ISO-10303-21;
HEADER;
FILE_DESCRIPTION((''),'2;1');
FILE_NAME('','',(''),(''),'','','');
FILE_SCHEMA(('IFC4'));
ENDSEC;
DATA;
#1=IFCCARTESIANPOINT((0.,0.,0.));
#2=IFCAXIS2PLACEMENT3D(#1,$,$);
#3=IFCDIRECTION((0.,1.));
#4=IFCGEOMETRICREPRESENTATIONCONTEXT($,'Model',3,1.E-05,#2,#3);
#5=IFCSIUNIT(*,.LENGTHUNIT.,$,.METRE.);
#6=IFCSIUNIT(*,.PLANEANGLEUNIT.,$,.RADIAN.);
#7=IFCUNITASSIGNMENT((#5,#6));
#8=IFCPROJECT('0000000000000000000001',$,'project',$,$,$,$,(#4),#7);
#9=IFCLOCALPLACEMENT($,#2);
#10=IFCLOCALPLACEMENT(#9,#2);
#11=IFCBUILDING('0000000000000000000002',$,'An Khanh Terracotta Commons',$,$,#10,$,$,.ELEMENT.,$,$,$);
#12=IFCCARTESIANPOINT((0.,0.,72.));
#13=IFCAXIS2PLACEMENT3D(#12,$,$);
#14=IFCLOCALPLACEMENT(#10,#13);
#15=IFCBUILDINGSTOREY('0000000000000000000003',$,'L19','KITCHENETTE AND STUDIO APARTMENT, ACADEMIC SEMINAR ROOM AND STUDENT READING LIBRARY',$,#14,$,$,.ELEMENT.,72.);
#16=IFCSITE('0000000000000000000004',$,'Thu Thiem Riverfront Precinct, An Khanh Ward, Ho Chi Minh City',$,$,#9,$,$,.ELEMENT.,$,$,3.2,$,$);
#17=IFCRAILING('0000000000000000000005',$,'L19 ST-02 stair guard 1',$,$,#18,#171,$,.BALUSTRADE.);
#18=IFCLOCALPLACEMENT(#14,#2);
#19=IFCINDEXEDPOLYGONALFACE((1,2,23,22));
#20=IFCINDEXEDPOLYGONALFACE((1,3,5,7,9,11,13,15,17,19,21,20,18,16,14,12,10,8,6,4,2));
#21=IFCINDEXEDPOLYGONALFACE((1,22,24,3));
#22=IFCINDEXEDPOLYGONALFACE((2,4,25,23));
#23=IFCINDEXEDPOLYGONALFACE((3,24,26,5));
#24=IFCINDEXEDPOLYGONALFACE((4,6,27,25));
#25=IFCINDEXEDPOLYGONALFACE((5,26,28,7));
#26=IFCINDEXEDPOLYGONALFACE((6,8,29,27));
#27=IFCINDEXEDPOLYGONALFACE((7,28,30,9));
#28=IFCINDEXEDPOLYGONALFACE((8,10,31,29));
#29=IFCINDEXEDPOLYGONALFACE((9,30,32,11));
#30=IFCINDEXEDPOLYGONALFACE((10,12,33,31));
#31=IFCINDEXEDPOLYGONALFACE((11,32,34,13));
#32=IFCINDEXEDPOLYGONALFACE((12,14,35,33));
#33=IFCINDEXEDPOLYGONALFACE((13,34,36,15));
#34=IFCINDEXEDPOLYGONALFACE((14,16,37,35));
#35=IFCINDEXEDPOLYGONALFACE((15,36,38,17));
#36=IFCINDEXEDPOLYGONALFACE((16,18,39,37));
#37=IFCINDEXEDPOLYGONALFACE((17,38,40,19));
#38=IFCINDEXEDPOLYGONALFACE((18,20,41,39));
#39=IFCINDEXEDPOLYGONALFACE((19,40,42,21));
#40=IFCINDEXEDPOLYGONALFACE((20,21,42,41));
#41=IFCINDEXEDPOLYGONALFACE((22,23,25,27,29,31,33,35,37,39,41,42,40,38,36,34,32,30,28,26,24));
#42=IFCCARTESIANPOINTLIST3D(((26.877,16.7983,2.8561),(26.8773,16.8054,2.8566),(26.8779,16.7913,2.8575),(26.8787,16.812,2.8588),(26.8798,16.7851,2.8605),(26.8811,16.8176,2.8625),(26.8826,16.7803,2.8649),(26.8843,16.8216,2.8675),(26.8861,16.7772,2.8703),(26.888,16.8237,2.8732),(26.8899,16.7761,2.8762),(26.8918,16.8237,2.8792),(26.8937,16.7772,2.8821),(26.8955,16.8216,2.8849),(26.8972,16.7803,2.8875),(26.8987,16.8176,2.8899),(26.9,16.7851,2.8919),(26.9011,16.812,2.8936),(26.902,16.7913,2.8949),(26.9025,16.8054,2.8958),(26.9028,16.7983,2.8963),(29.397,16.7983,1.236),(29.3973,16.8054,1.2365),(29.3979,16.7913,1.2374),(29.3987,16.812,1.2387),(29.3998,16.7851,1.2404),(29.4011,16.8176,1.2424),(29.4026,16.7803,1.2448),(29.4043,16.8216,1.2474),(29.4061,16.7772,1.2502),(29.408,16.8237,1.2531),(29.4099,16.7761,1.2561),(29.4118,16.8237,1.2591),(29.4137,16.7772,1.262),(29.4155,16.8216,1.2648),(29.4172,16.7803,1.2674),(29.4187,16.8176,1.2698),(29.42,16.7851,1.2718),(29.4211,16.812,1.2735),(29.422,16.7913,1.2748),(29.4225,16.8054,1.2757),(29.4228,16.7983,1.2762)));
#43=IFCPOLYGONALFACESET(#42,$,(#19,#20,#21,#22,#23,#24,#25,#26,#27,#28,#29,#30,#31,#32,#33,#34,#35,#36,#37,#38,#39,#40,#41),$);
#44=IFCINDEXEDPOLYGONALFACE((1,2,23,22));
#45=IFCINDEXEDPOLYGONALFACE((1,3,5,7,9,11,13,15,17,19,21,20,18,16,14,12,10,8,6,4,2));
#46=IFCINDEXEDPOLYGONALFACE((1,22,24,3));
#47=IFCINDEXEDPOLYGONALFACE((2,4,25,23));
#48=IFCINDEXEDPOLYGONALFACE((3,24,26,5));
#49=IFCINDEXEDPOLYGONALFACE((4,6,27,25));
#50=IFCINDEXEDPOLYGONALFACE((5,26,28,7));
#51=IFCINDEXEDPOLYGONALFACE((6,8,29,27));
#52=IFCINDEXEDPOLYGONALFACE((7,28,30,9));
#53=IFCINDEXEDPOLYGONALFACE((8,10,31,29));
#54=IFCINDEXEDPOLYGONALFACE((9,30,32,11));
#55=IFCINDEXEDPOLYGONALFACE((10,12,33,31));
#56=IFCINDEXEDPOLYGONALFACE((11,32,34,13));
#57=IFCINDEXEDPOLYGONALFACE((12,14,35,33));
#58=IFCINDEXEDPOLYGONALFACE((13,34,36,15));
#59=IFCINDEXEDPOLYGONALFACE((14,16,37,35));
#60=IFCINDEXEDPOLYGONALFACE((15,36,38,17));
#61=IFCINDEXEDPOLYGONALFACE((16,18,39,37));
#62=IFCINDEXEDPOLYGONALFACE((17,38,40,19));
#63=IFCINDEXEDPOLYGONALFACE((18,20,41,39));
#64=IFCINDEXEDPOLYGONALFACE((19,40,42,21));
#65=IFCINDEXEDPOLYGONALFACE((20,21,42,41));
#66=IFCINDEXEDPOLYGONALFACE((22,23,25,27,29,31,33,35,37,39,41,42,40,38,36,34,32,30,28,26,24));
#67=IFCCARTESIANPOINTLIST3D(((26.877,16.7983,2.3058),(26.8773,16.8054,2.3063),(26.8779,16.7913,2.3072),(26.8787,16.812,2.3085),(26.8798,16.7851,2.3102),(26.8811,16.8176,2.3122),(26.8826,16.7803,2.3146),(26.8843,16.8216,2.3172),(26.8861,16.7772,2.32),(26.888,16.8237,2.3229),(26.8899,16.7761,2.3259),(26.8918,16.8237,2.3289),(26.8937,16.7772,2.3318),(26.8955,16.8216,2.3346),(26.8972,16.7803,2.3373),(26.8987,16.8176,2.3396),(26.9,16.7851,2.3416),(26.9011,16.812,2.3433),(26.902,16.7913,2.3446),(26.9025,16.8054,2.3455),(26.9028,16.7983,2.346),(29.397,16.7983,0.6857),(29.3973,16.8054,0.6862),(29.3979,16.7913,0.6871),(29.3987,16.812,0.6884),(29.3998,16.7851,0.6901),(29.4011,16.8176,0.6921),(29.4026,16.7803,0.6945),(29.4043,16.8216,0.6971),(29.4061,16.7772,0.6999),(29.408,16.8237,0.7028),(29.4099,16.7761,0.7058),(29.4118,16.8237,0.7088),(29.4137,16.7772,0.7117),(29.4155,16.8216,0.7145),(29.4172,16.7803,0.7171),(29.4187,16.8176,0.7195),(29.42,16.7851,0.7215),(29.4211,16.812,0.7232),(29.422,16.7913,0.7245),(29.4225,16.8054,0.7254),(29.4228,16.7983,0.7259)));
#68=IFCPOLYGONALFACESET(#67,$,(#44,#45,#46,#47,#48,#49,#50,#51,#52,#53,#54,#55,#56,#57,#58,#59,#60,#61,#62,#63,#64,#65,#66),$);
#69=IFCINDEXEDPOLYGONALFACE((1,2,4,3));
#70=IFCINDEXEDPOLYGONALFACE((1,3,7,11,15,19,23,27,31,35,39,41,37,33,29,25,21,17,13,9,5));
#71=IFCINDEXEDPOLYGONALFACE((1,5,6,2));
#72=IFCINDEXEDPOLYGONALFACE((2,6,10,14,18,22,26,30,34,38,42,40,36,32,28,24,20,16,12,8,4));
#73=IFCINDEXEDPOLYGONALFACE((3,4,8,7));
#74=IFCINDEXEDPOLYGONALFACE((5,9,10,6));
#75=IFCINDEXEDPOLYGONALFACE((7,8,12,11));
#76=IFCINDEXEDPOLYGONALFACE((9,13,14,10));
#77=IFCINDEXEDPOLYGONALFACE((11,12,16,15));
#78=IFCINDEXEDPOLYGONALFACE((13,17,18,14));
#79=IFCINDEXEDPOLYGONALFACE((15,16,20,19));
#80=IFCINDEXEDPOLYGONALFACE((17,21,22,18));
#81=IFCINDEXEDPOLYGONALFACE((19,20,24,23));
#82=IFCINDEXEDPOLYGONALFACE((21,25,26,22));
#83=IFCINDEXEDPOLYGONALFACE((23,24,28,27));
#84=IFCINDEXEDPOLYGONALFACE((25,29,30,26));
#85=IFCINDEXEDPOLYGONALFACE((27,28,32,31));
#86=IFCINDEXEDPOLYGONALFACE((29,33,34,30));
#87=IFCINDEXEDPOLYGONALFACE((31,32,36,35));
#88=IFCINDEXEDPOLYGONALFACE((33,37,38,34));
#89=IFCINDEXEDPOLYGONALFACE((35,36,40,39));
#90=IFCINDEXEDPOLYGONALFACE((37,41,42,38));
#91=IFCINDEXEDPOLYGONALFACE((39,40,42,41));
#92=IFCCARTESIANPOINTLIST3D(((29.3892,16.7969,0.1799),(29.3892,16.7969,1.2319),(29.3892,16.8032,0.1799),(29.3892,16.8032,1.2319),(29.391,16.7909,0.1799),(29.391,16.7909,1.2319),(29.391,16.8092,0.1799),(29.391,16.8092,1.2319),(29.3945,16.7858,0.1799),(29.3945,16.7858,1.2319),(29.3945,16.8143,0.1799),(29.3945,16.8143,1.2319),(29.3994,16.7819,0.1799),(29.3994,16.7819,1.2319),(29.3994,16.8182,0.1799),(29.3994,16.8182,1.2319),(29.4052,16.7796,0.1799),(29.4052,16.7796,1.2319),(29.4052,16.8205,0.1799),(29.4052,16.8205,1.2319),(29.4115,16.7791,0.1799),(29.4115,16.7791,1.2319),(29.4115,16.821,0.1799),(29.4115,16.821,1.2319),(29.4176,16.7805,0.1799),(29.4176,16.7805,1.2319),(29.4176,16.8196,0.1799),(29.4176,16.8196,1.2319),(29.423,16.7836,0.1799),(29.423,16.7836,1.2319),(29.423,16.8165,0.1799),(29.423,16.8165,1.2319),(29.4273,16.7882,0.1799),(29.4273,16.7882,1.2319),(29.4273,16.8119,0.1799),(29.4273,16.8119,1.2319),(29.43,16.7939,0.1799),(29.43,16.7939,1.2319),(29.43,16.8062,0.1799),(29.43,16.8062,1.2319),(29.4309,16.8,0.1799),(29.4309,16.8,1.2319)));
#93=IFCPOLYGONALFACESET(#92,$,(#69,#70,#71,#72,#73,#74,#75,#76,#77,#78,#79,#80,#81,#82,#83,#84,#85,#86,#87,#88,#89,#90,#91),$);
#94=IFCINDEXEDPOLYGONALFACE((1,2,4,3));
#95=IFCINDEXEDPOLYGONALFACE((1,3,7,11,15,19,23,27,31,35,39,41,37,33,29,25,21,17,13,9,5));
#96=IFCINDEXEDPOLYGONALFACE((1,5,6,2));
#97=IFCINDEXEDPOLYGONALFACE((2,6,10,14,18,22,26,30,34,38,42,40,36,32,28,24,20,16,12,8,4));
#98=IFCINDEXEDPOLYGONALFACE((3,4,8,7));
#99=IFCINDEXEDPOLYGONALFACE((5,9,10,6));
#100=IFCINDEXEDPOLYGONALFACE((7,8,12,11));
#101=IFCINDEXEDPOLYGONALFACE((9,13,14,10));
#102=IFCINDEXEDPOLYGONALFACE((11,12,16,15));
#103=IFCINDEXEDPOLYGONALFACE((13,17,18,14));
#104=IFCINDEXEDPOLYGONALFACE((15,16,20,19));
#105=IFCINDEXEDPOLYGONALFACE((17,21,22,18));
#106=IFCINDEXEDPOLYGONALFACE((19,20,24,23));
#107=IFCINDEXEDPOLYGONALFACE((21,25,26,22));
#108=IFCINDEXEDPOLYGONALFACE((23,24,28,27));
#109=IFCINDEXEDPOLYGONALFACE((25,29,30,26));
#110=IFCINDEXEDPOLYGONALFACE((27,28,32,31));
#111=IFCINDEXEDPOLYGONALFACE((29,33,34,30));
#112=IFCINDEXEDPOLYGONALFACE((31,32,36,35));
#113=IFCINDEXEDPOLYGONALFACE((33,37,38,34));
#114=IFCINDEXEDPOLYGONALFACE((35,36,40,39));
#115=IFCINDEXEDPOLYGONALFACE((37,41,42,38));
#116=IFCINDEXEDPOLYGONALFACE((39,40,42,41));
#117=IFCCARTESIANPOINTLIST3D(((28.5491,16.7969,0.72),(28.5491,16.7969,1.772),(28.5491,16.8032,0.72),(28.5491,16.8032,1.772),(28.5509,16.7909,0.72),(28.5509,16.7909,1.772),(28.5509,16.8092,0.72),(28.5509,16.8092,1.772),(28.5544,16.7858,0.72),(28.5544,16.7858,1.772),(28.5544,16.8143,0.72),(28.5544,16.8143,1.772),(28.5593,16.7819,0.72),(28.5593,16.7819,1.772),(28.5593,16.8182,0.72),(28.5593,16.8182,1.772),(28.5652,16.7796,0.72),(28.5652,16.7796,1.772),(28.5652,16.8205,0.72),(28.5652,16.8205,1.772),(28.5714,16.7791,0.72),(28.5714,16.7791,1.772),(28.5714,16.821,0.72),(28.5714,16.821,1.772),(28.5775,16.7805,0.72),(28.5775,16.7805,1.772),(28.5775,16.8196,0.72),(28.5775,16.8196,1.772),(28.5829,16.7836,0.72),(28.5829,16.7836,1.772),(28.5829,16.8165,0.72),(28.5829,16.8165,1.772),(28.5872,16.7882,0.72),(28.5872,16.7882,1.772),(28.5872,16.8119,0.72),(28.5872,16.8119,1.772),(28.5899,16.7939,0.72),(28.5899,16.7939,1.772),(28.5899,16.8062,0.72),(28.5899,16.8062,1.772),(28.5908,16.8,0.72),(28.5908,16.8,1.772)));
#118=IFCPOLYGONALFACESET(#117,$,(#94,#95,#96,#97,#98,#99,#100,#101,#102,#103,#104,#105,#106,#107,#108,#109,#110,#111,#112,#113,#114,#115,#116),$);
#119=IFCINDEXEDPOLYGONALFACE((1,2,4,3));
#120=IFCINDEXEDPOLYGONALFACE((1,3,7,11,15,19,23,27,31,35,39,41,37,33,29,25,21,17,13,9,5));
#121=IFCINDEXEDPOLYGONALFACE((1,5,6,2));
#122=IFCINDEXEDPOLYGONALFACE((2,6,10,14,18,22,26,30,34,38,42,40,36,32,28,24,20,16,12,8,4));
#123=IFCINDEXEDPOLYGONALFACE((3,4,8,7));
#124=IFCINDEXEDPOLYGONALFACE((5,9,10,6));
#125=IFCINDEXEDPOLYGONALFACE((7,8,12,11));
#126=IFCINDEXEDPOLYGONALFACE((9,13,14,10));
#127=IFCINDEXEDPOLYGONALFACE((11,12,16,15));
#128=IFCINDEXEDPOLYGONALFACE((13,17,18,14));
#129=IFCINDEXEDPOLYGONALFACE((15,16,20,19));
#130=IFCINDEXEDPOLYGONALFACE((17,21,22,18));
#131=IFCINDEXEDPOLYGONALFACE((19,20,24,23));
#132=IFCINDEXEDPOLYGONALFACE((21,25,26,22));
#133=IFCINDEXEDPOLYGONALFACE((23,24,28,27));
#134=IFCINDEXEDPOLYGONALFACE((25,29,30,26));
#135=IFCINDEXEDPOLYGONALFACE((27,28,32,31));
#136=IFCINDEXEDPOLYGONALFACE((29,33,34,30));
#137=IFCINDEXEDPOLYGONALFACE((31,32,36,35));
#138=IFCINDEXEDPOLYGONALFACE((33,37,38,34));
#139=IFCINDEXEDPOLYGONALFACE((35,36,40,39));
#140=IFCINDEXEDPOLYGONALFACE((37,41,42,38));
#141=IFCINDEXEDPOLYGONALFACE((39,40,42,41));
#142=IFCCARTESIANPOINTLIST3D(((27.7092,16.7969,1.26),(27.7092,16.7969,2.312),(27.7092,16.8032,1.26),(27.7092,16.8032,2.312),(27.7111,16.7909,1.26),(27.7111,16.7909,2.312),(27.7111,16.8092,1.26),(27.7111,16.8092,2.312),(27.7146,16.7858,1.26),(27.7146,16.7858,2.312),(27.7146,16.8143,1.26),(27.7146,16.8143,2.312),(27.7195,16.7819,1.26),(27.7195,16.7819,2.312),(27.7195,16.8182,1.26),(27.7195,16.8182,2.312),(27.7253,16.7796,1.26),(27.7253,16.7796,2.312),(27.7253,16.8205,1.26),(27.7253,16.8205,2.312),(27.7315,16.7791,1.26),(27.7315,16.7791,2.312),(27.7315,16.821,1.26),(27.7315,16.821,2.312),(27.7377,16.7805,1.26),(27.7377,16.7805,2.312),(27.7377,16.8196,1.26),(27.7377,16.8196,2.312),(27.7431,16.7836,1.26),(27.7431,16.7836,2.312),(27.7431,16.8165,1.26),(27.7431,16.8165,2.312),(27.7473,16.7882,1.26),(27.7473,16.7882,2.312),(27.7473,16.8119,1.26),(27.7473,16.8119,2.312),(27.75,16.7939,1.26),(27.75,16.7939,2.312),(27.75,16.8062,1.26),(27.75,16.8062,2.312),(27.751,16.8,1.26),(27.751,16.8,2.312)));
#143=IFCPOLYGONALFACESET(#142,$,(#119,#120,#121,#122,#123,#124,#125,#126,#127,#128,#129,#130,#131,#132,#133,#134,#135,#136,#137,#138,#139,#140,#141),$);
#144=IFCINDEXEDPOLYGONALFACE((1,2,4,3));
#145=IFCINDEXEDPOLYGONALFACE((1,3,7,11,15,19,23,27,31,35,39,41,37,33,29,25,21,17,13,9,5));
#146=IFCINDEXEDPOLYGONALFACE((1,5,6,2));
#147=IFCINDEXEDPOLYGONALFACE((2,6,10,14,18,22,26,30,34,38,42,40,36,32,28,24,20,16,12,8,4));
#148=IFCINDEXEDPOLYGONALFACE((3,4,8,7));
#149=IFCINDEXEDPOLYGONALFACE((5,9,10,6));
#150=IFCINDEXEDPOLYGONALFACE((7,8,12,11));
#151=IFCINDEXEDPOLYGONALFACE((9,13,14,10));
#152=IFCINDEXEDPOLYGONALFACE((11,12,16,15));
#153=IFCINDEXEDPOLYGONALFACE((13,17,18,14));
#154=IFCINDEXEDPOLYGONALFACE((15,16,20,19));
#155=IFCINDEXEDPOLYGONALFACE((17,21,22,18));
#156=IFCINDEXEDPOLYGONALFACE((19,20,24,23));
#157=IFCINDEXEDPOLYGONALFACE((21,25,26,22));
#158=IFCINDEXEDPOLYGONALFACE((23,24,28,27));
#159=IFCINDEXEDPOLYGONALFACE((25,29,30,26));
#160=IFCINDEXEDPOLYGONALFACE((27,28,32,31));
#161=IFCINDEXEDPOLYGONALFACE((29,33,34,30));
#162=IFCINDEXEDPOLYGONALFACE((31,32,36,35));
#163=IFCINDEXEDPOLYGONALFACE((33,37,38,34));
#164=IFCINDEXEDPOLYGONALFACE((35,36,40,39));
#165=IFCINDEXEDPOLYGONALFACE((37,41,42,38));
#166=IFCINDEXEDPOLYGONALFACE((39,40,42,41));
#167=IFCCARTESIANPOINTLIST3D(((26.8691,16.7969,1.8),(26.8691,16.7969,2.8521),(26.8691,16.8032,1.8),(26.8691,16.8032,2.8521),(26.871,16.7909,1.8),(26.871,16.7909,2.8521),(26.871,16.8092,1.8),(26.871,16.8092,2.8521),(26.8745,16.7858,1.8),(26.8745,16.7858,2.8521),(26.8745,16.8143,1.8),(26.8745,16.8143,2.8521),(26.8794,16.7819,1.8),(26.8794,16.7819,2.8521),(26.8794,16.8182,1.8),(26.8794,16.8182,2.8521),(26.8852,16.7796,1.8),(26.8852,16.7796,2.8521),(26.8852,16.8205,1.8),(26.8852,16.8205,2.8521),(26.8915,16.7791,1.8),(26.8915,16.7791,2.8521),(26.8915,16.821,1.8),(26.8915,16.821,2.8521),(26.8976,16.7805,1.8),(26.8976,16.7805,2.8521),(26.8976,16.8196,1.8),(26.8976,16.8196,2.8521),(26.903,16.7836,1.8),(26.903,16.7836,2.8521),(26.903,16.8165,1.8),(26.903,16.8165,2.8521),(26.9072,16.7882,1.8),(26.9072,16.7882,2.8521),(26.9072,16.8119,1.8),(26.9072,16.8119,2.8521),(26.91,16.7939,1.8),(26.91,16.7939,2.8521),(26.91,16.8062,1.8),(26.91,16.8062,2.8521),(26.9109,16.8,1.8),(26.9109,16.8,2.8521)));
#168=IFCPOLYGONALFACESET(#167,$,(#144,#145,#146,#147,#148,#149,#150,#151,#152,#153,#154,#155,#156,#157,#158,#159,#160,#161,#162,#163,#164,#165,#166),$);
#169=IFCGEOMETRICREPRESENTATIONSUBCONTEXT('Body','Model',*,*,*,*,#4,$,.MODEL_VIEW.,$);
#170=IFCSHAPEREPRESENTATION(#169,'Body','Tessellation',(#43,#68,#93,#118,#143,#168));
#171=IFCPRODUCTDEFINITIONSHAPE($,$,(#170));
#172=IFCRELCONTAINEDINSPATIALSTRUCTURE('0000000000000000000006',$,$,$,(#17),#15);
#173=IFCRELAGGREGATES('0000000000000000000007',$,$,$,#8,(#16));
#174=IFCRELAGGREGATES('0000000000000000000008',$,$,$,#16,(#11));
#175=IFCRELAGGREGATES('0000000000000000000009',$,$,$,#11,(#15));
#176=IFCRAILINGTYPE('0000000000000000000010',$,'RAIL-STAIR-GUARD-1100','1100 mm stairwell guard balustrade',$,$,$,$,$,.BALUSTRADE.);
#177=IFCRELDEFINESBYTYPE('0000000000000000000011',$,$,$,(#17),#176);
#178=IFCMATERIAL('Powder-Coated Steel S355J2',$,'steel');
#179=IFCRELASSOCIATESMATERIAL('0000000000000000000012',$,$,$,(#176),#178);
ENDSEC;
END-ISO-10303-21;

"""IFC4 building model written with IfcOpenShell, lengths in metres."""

from ifc_helpers import new_model, si_unit, direction, frame, origin, origin_2d, place, context, subcontext, project, spatial, circle, extrude, material, type_object, element, save


model = new_model("IFC4")

# Units and contexts
model_context = context("Model", 3, precision=1e-05, world=origin(), true_north=direction((0.0, 1.0)))
body_context = subcontext(model_context, "Body", "Model", "MODEL_VIEW")
ifc_project = project(units=[si_unit("LENGTHUNIT", "METRE"), si_unit("PLANEANGLEUNIT", "RADIAN")], contexts=[model_context])

# Site, building, storey
site_placement = place(None, origin())
site = spatial("IfcSite", under=ifc_project, at=site_placement, Name="Thu Thiem Riverfront Precinct, An Khanh Ward, Ho Chi Minh City", CompositionType="ELEMENT", RefElevation=3.2)
building_placement = place(site_placement, origin())
building = spatial("IfcBuilding", under=site, at=building_placement, Name="An Khanh Terracotta Commons", CompositionType="ELEMENT")
storey_placement = place(building_placement, frame((0.0, 0.0, 72.0)))
storey = spatial("IfcBuildingStorey", under=building, at=storey_placement, Name="L19", Description="KITCHENETTE AND STUDIO APARTMENT, ACADEMIC SEMINAR ROOM AND STUDENT READING LIBRARY", CompositionType="ELEMENT", Elevation=72.0)

# Railing
ifc_material_1 = material(Name="Powder-Coated Steel S355J2", Category="steel")
railing_type_1 = type_object("IfcRailingType", Name="RAIL-STAIR-GUARD-1100", Description="1100 mm stairwell guard balustrade", PredefinedType="BALUSTRADE", material=ifc_material_1)
railing_1_placement = place(storey_placement, frame((29.4099, 16.8, 0.1799)))
element("IfcRailing", 1, at=railing_1_placement, inside=storey, type_object=railing_type_1, Name="L19 ST-02 stair guard 1", PredefinedType="BALUSTRADE", context=body_context, shape_type="SweptSolid", body=[
    extrude(circle(Radius=0.0239, at=origin_2d()), frame((0.0, 0.0, 1.0762), z_axis=(-0.841163, 0.0, 0.540782), x_axis=(0.0, -1.0, 0.0)), (0.0, 0.0, 1.0), 2.9958),
    extrude(circle(Radius=0.0239, at=origin_2d()), frame((0.0, 0.0, 0.5259), z_axis=(-0.841163, 0.0, 0.540782), x_axis=(0.0, -1.0, 0.0)), (0.0, 0.0, 1.0), 2.9958),
    extrude(circle(Radius=0.021, at=origin_2d()), origin(), (0.0, 0.0, 1.0), 1.052),
    extrude(circle(Radius=0.021, at=origin_2d()), frame((-0.8401, 0.0, 0.54)), (0.0, 0.0, 1.0), 1.052),
    extrude(circle(Radius=0.021, at=origin_2d()), frame((-1.6799, 0.0, 1.0801)), (0.0, 0.0, 1.0), 1.052),
    extrude(circle(Radius=0.021, at=origin_2d()), frame((-2.52, 0.0, 1.6201)), (0.0, 0.0, 1.0), 1.052),
])

save(model, "model.ifc")
